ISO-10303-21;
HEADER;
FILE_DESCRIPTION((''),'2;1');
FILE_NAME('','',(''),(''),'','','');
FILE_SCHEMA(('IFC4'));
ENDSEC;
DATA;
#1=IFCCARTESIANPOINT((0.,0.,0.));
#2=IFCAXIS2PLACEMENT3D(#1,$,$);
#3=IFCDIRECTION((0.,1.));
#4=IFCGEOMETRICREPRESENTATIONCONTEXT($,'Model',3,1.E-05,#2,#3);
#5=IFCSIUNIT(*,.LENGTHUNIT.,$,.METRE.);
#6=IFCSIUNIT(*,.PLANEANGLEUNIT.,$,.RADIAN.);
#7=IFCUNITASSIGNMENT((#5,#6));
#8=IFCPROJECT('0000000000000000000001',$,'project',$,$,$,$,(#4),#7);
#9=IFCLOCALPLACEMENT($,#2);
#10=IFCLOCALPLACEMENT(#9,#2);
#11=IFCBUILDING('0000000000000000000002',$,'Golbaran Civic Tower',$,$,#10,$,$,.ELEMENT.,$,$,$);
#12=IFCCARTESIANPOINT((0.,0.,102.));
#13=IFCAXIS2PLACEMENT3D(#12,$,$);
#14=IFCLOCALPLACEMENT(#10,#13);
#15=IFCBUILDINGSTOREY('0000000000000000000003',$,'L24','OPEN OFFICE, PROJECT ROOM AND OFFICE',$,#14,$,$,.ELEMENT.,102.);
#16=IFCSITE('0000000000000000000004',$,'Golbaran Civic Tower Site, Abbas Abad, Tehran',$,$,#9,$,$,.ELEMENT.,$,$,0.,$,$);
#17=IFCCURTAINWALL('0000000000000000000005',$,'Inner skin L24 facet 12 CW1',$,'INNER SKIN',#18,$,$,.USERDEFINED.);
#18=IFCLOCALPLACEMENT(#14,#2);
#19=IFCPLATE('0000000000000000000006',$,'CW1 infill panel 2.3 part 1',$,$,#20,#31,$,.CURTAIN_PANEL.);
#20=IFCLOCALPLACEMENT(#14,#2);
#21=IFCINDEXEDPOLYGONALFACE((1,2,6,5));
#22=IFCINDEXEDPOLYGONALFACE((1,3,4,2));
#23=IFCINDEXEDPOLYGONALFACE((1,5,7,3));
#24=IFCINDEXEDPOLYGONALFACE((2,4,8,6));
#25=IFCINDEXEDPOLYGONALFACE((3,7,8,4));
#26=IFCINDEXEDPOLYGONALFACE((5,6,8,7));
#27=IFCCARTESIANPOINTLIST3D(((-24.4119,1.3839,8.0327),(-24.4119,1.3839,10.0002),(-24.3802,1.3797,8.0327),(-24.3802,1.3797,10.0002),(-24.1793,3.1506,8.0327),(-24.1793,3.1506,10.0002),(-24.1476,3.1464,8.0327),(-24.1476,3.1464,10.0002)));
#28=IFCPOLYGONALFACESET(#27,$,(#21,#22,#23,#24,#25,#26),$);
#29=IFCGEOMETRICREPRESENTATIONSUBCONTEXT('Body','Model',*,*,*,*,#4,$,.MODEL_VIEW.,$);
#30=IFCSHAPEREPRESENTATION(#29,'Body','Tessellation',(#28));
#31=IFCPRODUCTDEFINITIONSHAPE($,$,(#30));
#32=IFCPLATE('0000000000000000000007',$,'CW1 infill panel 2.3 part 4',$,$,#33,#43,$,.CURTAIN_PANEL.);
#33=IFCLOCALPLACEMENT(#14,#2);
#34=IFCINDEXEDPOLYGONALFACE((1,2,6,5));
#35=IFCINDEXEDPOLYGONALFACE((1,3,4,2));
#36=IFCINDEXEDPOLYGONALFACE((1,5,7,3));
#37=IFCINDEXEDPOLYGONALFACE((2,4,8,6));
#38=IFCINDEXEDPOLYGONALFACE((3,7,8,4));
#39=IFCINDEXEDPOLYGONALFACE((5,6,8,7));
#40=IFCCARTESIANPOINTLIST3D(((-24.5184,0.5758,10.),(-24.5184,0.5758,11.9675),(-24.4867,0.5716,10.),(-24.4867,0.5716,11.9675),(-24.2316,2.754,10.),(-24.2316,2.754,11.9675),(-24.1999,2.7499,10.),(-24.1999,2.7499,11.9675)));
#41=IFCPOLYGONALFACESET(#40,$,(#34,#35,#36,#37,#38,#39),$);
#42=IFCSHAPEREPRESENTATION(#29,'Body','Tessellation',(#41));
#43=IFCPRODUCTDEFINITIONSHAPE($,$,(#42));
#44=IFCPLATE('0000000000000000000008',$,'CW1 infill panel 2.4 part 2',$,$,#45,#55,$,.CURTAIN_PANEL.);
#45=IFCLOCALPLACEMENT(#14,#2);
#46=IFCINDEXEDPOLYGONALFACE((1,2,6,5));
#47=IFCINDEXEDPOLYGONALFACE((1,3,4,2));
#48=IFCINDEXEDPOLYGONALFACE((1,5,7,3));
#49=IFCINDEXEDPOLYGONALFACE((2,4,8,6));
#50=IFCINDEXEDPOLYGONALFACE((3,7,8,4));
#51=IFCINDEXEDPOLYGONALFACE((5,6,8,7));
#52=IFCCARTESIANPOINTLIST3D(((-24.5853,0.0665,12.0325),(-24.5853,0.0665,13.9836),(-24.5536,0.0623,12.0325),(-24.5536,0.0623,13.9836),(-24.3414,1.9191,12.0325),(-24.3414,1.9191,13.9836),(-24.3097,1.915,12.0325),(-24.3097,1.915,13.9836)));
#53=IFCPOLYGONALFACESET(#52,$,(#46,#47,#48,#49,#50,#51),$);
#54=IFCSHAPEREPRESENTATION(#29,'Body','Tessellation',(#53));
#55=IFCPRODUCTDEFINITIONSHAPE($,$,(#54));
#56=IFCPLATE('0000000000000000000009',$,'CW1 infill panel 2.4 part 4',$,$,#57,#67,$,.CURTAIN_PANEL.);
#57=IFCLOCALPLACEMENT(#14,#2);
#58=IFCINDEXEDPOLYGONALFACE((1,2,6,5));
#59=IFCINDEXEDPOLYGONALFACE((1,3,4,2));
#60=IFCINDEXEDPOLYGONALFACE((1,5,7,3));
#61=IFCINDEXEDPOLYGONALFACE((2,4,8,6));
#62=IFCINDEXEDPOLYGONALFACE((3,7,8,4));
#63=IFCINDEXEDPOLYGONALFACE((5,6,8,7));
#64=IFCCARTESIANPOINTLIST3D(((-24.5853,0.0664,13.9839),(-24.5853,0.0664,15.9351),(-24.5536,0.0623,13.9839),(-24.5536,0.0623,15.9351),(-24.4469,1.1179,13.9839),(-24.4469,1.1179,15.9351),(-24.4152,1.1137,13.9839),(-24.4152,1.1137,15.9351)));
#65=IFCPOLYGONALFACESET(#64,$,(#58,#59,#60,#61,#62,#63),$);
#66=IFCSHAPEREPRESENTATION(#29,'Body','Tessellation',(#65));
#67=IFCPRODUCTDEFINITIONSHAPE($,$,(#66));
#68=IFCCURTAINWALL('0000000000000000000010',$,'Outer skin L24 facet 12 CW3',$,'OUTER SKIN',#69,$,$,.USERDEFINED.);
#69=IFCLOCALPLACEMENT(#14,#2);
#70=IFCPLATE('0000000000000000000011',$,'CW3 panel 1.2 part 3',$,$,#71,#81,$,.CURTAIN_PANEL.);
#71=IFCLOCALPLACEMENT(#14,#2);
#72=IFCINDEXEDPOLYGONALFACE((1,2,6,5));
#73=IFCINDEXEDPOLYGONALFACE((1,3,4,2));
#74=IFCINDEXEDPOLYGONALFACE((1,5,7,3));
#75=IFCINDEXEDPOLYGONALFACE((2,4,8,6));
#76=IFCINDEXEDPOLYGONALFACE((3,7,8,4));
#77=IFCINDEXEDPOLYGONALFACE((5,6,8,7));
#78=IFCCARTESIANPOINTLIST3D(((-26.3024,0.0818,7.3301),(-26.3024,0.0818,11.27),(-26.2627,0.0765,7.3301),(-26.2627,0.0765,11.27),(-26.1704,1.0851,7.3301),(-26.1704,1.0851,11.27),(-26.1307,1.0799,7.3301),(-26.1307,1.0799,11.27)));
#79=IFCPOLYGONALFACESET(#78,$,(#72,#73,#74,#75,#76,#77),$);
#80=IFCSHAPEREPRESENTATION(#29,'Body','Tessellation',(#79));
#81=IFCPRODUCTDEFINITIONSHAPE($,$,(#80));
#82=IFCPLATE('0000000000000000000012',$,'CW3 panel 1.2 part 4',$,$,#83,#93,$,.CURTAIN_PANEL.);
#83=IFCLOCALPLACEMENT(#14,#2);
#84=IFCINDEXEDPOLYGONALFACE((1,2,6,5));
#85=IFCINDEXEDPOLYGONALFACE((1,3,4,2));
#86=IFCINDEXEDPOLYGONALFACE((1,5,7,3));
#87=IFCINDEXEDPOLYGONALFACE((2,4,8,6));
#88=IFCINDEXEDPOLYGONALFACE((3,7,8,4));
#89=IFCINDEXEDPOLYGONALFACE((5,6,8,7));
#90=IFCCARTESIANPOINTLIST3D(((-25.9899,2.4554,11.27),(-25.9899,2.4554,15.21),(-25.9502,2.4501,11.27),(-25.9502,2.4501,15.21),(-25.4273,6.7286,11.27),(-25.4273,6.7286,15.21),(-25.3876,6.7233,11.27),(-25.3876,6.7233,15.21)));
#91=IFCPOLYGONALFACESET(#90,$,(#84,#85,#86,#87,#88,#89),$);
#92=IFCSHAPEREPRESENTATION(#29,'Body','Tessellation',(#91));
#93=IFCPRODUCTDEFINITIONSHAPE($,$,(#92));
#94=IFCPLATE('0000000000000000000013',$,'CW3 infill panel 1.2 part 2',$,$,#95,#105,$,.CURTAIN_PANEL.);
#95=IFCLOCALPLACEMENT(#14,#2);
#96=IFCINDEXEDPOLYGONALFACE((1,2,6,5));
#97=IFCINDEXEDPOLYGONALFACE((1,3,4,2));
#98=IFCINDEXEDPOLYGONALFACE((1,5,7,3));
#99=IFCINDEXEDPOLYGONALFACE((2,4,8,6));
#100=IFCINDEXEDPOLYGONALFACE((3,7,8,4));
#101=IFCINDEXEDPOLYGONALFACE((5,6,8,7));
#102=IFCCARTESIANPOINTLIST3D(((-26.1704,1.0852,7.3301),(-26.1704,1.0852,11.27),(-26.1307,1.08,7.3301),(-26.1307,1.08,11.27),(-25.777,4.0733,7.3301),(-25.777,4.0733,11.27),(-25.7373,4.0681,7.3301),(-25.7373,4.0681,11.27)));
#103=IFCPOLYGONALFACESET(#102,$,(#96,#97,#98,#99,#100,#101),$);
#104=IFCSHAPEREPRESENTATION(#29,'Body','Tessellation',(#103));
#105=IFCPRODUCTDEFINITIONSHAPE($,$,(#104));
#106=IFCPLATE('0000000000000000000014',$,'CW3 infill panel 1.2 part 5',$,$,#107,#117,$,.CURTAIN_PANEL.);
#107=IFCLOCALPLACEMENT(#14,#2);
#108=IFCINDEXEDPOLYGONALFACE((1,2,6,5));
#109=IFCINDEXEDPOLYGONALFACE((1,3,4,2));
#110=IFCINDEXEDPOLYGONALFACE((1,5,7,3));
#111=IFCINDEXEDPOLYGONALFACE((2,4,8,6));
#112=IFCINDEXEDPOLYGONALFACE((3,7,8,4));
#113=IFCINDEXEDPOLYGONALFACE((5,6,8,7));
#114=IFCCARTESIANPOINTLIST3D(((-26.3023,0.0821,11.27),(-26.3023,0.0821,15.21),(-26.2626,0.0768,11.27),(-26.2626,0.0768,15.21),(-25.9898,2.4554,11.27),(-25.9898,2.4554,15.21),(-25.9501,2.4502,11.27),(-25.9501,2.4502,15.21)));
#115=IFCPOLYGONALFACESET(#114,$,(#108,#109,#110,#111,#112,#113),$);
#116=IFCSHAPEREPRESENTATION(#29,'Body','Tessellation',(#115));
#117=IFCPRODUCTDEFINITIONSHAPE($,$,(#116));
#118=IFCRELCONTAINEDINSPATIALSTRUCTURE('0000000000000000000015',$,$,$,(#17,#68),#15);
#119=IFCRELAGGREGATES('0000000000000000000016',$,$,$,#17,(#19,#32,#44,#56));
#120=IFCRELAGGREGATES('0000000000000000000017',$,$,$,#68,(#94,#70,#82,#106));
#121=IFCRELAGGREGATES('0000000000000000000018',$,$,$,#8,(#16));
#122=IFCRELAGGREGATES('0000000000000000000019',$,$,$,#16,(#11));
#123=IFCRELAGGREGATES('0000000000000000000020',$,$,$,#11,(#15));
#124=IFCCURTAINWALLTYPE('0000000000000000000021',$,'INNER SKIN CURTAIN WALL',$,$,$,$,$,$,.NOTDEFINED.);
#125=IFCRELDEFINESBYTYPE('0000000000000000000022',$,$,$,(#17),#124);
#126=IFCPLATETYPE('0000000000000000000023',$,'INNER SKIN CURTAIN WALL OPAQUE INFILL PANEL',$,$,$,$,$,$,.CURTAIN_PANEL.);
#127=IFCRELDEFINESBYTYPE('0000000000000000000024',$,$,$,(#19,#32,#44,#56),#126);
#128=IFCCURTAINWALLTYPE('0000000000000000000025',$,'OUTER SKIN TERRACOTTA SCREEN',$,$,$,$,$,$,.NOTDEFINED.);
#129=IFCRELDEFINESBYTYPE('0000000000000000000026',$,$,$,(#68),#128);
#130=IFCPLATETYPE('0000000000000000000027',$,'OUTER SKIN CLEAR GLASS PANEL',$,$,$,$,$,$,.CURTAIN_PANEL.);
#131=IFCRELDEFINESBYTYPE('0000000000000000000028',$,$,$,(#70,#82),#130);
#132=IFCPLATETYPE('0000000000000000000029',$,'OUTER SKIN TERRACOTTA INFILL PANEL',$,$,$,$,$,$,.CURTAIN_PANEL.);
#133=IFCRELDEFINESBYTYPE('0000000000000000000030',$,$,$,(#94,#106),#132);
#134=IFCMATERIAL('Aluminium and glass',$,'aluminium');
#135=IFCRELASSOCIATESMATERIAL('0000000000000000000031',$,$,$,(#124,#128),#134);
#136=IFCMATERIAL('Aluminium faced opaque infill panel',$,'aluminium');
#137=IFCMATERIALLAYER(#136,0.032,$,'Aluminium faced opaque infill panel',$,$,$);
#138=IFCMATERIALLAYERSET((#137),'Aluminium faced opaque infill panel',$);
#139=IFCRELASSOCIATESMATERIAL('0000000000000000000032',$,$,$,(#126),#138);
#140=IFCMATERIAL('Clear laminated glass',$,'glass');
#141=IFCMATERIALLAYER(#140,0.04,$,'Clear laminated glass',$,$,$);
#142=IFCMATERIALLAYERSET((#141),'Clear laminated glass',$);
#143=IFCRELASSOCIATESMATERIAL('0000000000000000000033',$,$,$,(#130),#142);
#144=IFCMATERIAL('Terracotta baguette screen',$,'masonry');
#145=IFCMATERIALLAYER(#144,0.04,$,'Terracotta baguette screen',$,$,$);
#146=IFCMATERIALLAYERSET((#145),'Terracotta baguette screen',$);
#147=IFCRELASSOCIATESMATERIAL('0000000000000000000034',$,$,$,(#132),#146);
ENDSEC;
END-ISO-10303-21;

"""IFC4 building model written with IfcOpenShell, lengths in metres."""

from ifc_helpers import new_model, si_unit, direction, frame, origin, origin_2d, place, context, subcontext, project, spatial, rectangle, extrude, material, layer, layer_set, type_object, element, aggregate, save


model = new_model("IFC4")

# Units and contexts
model_context = context("Model", 3, precision=1e-05, world=origin(), true_north=direction((0.0, 1.0)))
body_context = subcontext(model_context, "Body", "Model", "MODEL_VIEW")
ifc_project = project(units=[si_unit("LENGTHUNIT", "METRE"), si_unit("PLANEANGLEUNIT", "RADIAN")], contexts=[model_context])

# Site, building, storey
site_placement = place(None, origin())
site = spatial("IfcSite", under=ifc_project, at=site_placement, Name="Golbaran Civic Tower Site, Abbas Abad, Tehran", CompositionType="ELEMENT", RefElevation=0.0)
building_placement = place(site_placement, origin())
building = spatial("IfcBuilding", under=site, at=building_placement, Name="Golbaran Civic Tower", CompositionType="ELEMENT")
storey_placement = place(building_placement, frame((0.0, 0.0, 102.0)))
storey = spatial("IfcBuildingStorey", under=building, at=storey_placement, Name="L24", Description="OPEN OFFICE, PROJECT ROOM AND OFFICE", CompositionType="ELEMENT", Elevation=102.0)

# Curtain wall, plates
ifc_material_1 = material(Name="Aluminium and glass", Category="aluminium")
curtain_wall_type_1 = type_object("IfcCurtainWallType", Name="INNER SKIN CURTAIN WALL", PredefinedType="NOTDEFINED", material=ifc_material_1)
curtain_wall_1_placement = place(storey_placement, origin())
curtain_wall_1 = element("IfcCurtainWall", 1, at=curtain_wall_1_placement, inside=storey, type_object=curtain_wall_type_1, Name="Inner skin L24 facet 12 CW1", ObjectType="INNER SKIN", PredefinedType="USERDEFINED")
ifc_material_2 = material(Name="Aluminium faced opaque infill panel", Category="aluminium")
ifc_layer_1 = layer(ifc_material_2, 0.032, Name="Aluminium faced opaque infill panel")
ifc_layer_set_1 = layer_set([ifc_layer_1], Name="Aluminium faced opaque infill panel")
plate_type_1 = type_object("IfcPlateType", Name="INNER SKIN CURTAIN WALL OPAQUE INFILL PANEL", PredefinedType="CURTAIN_PANEL", material=ifc_layer_set_1)
plate_1_placement = place(storey_placement, frame((-24.2798, 2.2651, 8.0327), z_axis=(0.0, 0.0, 1.0), x_axis=(-0.130526, -0.991445, 0.0)))
plate_1 = element("IfcPlate", 2, at=plate_1_placement, type_object=plate_type_1, Name="CW1 infill panel 2.3 part 1", PredefinedType="CURTAIN_PANEL", context=body_context, shape_type="SweptSolid", body=[
    extrude(rectangle(XDim=1.782, YDim=0.032, at=origin_2d()), origin(), (0.0, 0.0, 1.0), 1.9675),
])
plate_2_placement = place(storey_placement, frame((-24.3591, 1.6628, 10.0), z_axis=(0.0, 0.0, 1.0), x_axis=(-0.130526, -0.991445, 0.0)))
plate_2 = element("IfcPlate", 3, at=plate_2_placement, type_object=plate_type_1, Name="CW1 infill panel 2.3 part 4", PredefinedType="CURTAIN_PANEL", context=body_context, shape_type="SweptSolid", body=[
    extrude(rectangle(XDim=2.197, YDim=0.032, at=origin_2d()), origin(), (0.0, 0.0, 1.0), 1.9675),
])
plate_3_placement = place(storey_placement, frame((-24.4475, 0.9907, 12.0325), z_axis=(0.0, 0.0, 1.0), x_axis=(-0.130526, -0.991445, 0.0)))
plate_3 = element("IfcPlate", 4, at=plate_3_placement, type_object=plate_type_1, Name="CW1 infill panel 2.4 part 2", PredefinedType="CURTAIN_PANEL", context=body_context, shape_type="SweptSolid", body=[
    extrude(rectangle(XDim=1.8687, YDim=0.032, at=origin_2d()), origin(), (0.0, 0.0, 1.0), 1.9512),
])
plate_4_placement = place(storey_placement, frame((-24.5002, 0.5901, 13.9839), z_axis=(0.0, 0.0, 1.0), x_axis=(-0.130526, -0.991445, 0.0)))
plate_4 = element("IfcPlate", 5, at=plate_4_placement, type_object=plate_type_1, Name="CW1 infill panel 2.4 part 4", PredefinedType="CURTAIN_PANEL", context=body_context, shape_type="SweptSolid", body=[
    extrude(rectangle(XDim=1.0605, YDim=0.032, at=origin_2d()), origin(), (0.0, 0.0, 1.0), 1.9512),
])
aggregate(curtain_wall_1, [plate_1, plate_2, plate_3, plate_4])

# Curtain wall, plates
curtain_wall_type_2 = type_object("IfcCurtainWallType", Name="OUTER SKIN TERRACOTTA SCREEN", PredefinedType="NOTDEFINED", material=ifc_material_1)
curtain_wall_2_placement = place(storey_placement, origin())
curtain_wall_2 = element("IfcCurtainWall", 6, at=curtain_wall_2_placement, inside=storey, type_object=curtain_wall_type_2, Name="Outer skin L24 facet 12 CW3", ObjectType="OUTER SKIN", PredefinedType="USERDEFINED")
ifc_material_3 = material(Name="Clear laminated glass", Category="glass")
ifc_layer_2 = layer(ifc_material_3, 0.04, Name="Clear laminated glass")
ifc_layer_set_2 = layer_set([ifc_layer_2], Name="Clear laminated glass")
plate_type_2 = type_object("IfcPlateType", Name="OUTER SKIN CLEAR GLASS PANEL", PredefinedType="CURTAIN_PANEL", material=ifc_layer_set_2)
plate_5_placement = place(storey_placement, frame((-26.2166, 0.5808, 7.3301), z_axis=(0.0, 0.0, 1.0), x_axis=(-0.130526, -0.991445, 0.0)))
plate_5 = element("IfcPlate", 7, at=plate_5_placement, type_object=plate_type_2, Name="CW3 panel 1.2 part 3", PredefinedType="CURTAIN_PANEL", context=body_context, shape_type="SweptSolid", body=[
    extrude(rectangle(XDim=1.012, YDim=0.04, at=origin_2d()), origin(), (0.0, 0.0, 1.0), 3.9399),
])
plate_6_placement = place(storey_placement, frame((-25.6887, 4.5894, 11.27), z_axis=(0.0, 0.0, 1.0), x_axis=(-0.130526, -0.991445, 0.0)))
plate_6 = element("IfcPlate", 8, at=plate_6_placement, type_object=plate_type_2, Name="CW3 panel 1.2 part 4", PredefinedType="CURTAIN_PANEL", context=body_context, shape_type="SweptSolid", body=[
    extrude(rectangle(XDim=4.3101, YDim=0.04, at=origin_2d()), origin(), (0.0, 0.0, 1.0), 3.9399),
])
ifc_material_4 = material(Name="Terracotta baguette screen", Category="masonry")
ifc_layer_3 = layer(ifc_material_4, 0.04, Name="Terracotta baguette screen")
ifc_layer_set_3 = layer_set([ifc_layer_3], Name="Terracotta baguette screen")
plate_type_3 = type_object("IfcPlateType", Name="OUTER SKIN TERRACOTTA INFILL PANEL", PredefinedType="CURTAIN_PANEL", material=ifc_layer_set_3)
plate_7_placement = place(storey_placement, frame((-25.9539, 2.5767, 7.3301), z_axis=(0.0, 0.0, 1.0), x_axis=(-0.130526, -0.991445, 0.0)))
plate_7 = element("IfcPlate", 9, at=plate_7_placement, type_object=plate_type_3, Name="CW3 infill panel 1.2 part 2", PredefinedType="CURTAIN_PANEL", context=body_context, shape_type="SweptSolid", body=[
    extrude(rectangle(XDim=3.0139, YDim=0.04, at=origin_2d()), origin(), (0.0, 0.0, 1.0), 3.9399),
])
plate_8_placement = place(storey_placement, frame((-26.1262, 1.2661, 11.27), z_axis=(0.0, 0.0, 1.0), x_axis=(-0.130526, -0.991445, 0.0)))
plate_8 = element("IfcPlate", 10, at=plate_8_placement, type_object=plate_type_3, Name="CW3 infill panel 1.2 part 5", PredefinedType="CURTAIN_PANEL", context=body_context, shape_type="SweptSolid", body=[
    extrude(rectangle(XDim=2.3938, YDim=0.04, at=origin_2d()), origin(), (0.0, 0.0, 1.0), 3.9399),
])
aggregate(curtain_wall_2, [plate_7, plate_5, plate_6, plate_8])

save(model, "model.ifc")
